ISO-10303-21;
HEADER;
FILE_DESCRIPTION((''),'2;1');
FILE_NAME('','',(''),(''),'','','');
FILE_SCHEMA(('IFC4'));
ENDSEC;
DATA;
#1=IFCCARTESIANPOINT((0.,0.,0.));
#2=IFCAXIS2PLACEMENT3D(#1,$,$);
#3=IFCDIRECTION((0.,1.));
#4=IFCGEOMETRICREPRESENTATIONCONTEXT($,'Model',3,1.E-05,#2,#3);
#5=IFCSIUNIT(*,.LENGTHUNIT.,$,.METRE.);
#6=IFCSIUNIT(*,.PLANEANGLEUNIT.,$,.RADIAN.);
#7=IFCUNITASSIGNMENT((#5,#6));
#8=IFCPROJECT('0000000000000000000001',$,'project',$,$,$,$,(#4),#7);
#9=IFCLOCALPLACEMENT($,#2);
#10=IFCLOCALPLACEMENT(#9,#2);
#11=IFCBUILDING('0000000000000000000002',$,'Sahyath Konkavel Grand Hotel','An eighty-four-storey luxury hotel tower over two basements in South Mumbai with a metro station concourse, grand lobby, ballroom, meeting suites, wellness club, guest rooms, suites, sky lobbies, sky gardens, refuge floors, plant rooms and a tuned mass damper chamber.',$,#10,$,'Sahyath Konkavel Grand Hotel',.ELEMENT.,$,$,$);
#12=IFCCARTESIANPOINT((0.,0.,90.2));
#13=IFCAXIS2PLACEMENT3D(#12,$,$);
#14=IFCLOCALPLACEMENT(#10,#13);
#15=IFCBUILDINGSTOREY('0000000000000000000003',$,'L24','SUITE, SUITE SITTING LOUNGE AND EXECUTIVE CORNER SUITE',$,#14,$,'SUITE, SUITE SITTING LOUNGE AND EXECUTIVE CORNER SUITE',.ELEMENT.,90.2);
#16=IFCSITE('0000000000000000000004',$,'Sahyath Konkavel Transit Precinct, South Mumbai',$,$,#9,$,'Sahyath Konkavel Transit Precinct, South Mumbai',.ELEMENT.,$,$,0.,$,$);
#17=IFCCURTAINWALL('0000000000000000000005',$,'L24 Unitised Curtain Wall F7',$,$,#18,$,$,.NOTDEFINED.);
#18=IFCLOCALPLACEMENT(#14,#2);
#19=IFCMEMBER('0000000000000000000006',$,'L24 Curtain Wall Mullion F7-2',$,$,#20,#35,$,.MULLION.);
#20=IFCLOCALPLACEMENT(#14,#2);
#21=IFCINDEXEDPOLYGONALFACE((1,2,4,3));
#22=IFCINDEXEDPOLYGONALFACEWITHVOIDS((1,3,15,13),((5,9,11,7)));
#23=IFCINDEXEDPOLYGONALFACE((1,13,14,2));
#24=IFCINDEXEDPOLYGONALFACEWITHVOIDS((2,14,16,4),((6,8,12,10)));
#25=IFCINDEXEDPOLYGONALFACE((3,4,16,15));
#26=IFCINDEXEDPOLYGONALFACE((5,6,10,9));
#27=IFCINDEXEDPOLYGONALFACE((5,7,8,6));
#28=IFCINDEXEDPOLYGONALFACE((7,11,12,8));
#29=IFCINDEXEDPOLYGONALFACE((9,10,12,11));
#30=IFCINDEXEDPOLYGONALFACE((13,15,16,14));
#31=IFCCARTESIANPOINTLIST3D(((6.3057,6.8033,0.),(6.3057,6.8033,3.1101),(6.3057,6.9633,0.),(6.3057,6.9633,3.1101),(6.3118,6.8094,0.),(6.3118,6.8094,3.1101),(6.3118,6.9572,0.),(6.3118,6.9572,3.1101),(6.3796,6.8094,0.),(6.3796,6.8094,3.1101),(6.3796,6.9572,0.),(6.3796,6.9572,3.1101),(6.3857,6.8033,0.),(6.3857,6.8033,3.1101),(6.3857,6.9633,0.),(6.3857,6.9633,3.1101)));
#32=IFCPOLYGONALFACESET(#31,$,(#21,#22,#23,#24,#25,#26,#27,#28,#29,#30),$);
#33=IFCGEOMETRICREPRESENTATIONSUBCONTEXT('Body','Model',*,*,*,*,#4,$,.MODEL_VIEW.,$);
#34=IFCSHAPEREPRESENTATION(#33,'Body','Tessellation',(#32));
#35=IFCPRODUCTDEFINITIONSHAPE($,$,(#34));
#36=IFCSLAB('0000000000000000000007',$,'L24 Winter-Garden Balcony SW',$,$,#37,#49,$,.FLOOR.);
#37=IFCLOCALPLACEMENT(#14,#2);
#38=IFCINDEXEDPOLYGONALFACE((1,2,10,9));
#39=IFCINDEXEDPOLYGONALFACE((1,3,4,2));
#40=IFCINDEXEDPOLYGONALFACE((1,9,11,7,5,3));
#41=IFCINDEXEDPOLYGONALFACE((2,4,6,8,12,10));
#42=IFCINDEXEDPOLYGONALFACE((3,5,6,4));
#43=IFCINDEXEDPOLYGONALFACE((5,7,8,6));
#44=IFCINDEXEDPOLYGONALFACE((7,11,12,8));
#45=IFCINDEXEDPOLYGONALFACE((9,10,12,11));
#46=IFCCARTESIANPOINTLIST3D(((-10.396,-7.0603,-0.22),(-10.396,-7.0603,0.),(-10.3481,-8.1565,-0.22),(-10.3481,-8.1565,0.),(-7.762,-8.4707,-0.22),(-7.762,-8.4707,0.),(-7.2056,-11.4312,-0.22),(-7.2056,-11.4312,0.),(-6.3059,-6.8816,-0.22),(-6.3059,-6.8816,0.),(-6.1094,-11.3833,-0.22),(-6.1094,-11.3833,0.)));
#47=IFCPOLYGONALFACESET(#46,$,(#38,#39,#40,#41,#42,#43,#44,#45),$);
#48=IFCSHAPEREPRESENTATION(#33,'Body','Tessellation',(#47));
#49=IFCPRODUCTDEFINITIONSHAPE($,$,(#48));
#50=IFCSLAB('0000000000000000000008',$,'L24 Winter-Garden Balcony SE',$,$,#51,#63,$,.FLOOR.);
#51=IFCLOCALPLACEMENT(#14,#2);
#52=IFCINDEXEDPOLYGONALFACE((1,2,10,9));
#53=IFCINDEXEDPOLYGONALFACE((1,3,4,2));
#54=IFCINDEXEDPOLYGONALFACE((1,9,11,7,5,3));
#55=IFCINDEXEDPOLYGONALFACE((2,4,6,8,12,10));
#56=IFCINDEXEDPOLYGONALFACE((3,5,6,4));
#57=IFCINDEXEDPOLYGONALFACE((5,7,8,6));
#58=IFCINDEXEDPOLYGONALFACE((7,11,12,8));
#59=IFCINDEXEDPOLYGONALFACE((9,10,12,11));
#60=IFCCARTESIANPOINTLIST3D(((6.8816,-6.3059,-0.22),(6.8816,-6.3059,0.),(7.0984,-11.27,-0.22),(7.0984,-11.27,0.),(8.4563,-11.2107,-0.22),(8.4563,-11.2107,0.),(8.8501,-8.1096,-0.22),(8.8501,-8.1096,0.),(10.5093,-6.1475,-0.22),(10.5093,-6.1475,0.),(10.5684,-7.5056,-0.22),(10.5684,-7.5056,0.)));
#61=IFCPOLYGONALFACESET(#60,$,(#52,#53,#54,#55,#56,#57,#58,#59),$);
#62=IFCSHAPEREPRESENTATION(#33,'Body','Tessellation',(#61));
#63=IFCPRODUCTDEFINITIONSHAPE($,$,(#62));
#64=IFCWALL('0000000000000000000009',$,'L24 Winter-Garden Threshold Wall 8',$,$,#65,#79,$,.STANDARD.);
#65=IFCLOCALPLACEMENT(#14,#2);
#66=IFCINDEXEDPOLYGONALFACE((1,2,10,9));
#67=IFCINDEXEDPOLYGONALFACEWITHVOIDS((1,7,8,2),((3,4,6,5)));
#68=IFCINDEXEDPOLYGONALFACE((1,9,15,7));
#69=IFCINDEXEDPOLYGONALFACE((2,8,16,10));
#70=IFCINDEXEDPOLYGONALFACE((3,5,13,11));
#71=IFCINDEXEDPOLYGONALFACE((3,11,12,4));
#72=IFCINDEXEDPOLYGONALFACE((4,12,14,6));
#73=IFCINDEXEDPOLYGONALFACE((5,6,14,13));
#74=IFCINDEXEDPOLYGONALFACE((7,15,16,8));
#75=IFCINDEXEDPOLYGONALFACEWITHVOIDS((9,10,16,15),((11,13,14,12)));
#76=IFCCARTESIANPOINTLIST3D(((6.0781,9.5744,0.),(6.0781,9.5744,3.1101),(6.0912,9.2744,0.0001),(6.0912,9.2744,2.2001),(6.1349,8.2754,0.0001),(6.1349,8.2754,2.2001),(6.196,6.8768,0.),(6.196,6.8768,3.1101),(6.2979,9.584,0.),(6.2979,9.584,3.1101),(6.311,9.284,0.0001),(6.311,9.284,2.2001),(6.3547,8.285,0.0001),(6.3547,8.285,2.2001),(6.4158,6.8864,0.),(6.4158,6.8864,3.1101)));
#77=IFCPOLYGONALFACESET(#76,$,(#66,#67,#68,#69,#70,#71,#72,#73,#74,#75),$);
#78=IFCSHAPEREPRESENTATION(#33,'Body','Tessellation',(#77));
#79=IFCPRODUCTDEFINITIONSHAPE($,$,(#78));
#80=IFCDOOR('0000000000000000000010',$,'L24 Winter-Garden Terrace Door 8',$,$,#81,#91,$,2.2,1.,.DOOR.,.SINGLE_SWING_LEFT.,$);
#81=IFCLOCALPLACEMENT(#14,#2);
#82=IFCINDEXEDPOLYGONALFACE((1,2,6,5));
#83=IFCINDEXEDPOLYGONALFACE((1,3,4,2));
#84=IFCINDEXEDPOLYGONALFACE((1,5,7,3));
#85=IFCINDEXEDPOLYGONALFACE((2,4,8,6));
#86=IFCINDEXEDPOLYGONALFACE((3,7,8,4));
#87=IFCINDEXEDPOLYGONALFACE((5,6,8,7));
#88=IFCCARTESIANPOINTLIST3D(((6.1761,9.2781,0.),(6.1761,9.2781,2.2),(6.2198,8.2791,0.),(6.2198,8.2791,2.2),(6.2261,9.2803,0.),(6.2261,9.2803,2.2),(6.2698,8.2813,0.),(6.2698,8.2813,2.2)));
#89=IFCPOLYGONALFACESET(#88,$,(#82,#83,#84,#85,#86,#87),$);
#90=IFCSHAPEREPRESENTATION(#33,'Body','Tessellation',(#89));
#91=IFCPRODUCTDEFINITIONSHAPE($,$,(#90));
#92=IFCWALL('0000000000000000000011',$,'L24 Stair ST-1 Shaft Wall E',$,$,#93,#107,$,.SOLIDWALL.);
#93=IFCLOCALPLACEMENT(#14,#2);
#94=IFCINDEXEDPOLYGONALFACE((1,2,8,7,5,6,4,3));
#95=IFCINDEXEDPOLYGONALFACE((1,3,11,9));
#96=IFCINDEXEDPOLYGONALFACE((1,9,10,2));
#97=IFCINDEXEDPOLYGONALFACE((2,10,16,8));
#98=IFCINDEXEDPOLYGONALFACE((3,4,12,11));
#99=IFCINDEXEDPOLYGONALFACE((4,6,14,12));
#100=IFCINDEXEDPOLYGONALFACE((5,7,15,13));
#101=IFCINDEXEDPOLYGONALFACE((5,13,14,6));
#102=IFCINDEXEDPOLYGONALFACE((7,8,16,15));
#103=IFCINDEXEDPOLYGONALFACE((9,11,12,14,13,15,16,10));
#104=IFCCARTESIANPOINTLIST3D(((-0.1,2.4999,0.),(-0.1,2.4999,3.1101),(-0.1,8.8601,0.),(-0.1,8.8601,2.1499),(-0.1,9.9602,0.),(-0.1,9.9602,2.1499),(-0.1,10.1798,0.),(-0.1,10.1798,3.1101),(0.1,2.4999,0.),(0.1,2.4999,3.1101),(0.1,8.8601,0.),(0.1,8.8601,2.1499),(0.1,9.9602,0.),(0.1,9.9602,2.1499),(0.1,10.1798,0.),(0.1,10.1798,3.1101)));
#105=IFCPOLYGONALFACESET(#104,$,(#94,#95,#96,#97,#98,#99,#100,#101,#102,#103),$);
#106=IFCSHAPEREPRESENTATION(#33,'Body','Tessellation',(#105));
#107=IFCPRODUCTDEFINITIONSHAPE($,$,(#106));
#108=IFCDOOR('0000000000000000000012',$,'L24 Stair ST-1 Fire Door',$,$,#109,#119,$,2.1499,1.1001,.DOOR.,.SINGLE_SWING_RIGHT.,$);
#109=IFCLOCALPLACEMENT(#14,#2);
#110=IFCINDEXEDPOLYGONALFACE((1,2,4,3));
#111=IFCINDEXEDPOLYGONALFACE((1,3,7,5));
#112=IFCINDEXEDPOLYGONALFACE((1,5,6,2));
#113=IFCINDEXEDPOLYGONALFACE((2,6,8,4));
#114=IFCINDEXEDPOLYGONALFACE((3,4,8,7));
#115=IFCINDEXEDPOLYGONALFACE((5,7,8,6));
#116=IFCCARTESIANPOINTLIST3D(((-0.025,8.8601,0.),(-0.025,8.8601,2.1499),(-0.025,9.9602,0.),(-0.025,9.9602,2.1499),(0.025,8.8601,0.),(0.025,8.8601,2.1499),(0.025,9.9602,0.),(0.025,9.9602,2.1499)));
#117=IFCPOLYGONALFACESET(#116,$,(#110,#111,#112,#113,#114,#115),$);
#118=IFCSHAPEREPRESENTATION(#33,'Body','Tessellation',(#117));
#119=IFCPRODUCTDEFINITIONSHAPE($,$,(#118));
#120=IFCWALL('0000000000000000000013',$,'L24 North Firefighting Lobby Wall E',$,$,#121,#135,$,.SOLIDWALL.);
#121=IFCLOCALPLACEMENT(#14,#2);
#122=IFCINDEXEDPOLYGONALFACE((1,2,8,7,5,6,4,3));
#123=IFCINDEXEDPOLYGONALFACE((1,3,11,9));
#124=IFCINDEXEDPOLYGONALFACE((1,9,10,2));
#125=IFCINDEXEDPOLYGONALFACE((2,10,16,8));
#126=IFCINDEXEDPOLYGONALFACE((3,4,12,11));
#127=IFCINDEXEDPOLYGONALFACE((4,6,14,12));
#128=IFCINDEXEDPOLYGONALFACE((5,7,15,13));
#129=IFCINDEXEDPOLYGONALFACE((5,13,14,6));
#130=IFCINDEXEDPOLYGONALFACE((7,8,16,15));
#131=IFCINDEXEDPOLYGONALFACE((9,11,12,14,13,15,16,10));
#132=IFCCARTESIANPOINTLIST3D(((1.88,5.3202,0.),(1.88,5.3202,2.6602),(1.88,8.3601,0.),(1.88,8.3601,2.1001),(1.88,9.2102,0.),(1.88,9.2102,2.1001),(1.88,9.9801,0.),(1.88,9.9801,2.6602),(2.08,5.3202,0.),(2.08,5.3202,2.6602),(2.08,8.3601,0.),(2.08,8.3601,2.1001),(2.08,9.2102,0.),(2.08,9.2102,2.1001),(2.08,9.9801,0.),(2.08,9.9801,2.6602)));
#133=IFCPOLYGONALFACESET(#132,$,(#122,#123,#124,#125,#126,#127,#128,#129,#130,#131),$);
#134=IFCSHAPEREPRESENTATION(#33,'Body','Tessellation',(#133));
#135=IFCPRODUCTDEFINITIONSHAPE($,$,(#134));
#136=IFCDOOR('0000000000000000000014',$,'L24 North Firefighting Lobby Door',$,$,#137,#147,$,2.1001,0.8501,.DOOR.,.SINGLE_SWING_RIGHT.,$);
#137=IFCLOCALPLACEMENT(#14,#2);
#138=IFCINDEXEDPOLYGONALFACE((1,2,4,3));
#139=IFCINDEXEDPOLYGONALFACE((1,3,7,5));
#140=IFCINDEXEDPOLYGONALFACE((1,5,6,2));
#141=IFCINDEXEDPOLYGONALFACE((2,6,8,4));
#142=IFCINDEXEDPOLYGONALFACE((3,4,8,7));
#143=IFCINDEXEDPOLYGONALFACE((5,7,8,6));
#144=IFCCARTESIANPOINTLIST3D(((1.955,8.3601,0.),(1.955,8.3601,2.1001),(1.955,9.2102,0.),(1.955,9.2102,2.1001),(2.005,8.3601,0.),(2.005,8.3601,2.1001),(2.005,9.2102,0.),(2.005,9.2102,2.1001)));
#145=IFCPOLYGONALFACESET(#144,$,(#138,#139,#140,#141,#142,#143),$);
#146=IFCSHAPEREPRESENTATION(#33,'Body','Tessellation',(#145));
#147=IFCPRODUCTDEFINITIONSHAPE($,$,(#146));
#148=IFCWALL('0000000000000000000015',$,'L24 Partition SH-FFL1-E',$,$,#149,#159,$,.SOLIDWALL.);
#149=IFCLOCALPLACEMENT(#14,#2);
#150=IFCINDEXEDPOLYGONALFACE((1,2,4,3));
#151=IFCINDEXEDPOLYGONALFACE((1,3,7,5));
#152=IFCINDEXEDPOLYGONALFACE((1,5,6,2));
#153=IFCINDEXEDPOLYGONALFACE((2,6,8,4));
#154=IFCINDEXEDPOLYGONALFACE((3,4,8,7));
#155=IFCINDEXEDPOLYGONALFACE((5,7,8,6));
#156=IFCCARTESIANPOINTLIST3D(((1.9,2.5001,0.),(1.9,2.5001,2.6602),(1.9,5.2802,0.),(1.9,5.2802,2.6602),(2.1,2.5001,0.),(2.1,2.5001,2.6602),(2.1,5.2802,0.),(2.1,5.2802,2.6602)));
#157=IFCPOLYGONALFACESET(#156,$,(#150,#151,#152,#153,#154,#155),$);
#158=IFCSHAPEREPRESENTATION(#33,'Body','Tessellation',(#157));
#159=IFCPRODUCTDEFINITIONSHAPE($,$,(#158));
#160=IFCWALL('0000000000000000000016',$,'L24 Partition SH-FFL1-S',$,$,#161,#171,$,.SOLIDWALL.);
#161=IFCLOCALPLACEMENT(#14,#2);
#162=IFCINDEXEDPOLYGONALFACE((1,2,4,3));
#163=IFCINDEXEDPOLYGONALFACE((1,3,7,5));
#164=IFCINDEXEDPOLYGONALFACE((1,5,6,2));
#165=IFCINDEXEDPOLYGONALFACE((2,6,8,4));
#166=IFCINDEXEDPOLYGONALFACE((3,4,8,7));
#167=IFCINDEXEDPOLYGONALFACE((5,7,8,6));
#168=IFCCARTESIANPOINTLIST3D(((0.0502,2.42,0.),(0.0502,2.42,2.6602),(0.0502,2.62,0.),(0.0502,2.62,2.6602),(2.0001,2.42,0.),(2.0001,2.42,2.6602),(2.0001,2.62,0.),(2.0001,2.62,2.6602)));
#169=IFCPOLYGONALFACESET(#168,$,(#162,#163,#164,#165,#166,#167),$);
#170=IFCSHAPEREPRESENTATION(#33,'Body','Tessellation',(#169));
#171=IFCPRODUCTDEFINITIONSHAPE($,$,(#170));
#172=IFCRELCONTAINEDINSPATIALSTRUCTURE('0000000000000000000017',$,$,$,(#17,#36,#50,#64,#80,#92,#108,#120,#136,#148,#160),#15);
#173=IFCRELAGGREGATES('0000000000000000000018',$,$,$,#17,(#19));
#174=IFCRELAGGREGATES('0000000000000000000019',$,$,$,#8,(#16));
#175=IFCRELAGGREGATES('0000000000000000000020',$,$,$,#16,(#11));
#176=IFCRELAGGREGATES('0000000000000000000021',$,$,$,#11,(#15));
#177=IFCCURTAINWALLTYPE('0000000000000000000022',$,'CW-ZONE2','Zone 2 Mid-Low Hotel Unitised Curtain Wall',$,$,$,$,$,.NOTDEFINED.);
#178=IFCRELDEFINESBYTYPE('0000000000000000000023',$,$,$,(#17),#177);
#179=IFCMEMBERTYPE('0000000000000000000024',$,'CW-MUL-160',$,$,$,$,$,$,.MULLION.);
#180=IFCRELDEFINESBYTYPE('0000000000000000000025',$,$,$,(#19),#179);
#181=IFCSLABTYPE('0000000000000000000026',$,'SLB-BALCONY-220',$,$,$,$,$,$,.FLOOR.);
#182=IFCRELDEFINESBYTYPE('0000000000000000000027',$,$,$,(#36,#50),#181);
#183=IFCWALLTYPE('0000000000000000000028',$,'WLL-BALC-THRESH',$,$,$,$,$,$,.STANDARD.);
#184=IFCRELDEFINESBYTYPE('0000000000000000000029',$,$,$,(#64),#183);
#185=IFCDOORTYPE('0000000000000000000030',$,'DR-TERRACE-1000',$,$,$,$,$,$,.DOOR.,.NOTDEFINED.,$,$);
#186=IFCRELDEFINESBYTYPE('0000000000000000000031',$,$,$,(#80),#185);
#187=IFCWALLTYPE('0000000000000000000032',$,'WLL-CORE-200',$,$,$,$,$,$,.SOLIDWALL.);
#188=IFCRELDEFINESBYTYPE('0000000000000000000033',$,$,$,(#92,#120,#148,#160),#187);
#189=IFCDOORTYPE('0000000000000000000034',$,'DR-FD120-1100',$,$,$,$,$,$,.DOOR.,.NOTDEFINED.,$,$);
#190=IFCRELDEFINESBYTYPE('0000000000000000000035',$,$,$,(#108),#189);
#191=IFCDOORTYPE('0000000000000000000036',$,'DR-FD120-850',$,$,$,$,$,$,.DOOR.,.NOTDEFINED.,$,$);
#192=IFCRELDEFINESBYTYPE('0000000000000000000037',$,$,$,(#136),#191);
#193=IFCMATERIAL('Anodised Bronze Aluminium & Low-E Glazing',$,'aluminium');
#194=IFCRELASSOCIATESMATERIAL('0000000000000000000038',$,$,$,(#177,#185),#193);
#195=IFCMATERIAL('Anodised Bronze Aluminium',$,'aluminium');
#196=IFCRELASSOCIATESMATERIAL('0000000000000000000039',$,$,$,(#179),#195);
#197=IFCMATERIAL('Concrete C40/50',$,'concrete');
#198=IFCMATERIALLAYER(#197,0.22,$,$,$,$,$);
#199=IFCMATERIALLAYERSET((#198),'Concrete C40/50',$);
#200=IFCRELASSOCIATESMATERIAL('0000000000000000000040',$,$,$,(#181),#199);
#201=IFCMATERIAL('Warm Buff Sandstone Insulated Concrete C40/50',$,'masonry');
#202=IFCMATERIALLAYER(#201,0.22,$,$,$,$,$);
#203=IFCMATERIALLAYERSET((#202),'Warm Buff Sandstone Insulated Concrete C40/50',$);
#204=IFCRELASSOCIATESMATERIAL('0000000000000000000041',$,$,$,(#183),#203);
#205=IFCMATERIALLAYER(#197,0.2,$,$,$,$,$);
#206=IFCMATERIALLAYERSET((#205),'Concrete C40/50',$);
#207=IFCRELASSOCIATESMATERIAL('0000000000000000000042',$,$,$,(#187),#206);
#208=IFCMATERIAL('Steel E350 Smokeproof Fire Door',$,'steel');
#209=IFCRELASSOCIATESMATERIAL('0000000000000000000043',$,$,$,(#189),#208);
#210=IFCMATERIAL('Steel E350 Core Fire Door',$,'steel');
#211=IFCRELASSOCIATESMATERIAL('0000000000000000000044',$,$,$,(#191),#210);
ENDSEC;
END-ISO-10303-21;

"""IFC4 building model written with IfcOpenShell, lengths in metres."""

from ifc_helpers import new_model, si_unit, direction, frame, frame_2d, origin, origin_2d, place, context, subcontext, project, spatial, polyline, rectangle, hollow_rectangle, outline, extrude, source, transform, mapped, material, layer, layer_set, material_profile, profile_set, type_object, element, fill, aggregate, save


model = new_model("IFC4")

# Units and contexts
model_context = context("Model", 3, precision=1e-05, world=origin(), true_north=direction((0.0, 1.0)))
body_context = subcontext(model_context, "Body", "Model", "MODEL_VIEW")
ifc_project = project(units=[si_unit("LENGTHUNIT", "METRE"), si_unit("PLANEANGLEUNIT", "RADIAN")], contexts=[model_context])

# Site, building, storey
site_placement = place(None, origin())
site = spatial("IfcSite", under=ifc_project, at=site_placement, Name="Sahyath Konkavel Transit Precinct, South Mumbai", LongName="Sahyath Konkavel Transit Precinct, South Mumbai", CompositionType="ELEMENT", RefElevation=0.0)
building_placement = place(site_placement, origin())
building = spatial("IfcBuilding", under=site, at=building_placement, Name="Sahyath Konkavel Grand Hotel", Description="An eighty-four-storey luxury hotel tower over two basements in South Mumbai with a metro station concourse, grand lobby, ballroom, meeting suites, wellness club, guest rooms, suites, sky lobbies, sky gardens, refuge floors, plant rooms and a tuned mass damper chamber.", LongName="Sahyath Konkavel Grand Hotel", CompositionType="ELEMENT")
storey_placement = place(building_placement, frame((0.0, 0.0, 90.2)))
storey = spatial("IfcBuildingStorey", under=building, at=storey_placement, Name="L24", Description="SUITE, SUITE SITTING LOUNGE AND EXECUTIVE CORNER SUITE", LongName="SUITE, SUITE SITTING LOUNGE AND EXECUTIVE CORNER SUITE", CompositionType="ELEMENT", Elevation=90.2)

# Curtain wall, member
ifc_material_1 = material(Name="Anodised Bronze Aluminium & Low-E Glazing", Category="aluminium")
curtain_wall_type = type_object("IfcCurtainWallType", Name="CW-ZONE2", Description="Zone 2 Mid-Low Hotel Unitised Curtain Wall", PredefinedType="NOTDEFINED", material=ifc_material_1)
curtain_wall_placement = place(storey_placement, origin())
curtain_wall = element("IfcCurtainWall", 1, at=curtain_wall_placement, inside=storey, type_object=curtain_wall_type, Name="L24 Unitised Curtain Wall F7", PredefinedType="NOTDEFINED")
ifc_material_2 = material(Name="Anodised Bronze Aluminium", Category="aluminium")
ifc_material_profile_1 = material_profile(ifc_material_2, hollow_rectangle(XDim=0.0801, YDim=0.1599, WallThickness=0.0061, at=origin_2d()), Name="RHS 160x80x6")
ifc_profile_set_1 = profile_set([ifc_material_profile_1], Name="Anodised Bronze Aluminium")
member_type = type_object("IfcMemberType", Name="CW-MUL-160", PredefinedType="MULLION", material=ifc_profile_set_1)
shared_shape_1 = source(origin(), body_context, "Body", "SweptSolid", [
    extrude(hollow_rectangle(XDim=0.0801, YDim=0.1599, WallThickness=0.0061, at=origin_2d()), origin(), (0.0, 0.0, 1.0), 3.1101),
])
member_placement = place(storey_placement, frame((6.3457, 6.8833, 0.0), z_axis=(0.0, 0.0, 1.0), x_axis=(1.0, 0.0, 0.0)))
member = element("IfcMember", 2, at=member_placement, type_object=member_type, Name="L24 Curtain Wall Mullion F7-2", PredefinedType="MULLION", context=body_context, shape_type="MappedRepresentation", body=[
    mapped(shared_shape_1, transform((0.0, 0.0, 0.0), scale=1.0)),
])
aggregate(curtain_wall, [member])

# Slabs
ifc_material_3 = material(Name="Concrete C40/50", Category="concrete")
ifc_layer_1 = layer(ifc_material_3, 0.22)
ifc_layer_set_1 = layer_set([ifc_layer_1], Name="Concrete C40/50")
slab_type = type_object("IfcSlabType", Name="SLB-BALCONY-220", PredefinedType="FLOOR", material=ifc_layer_set_1)
slab_1_placement = place(storey_placement, frame((0.0, 0.0, -0.22)))
element("IfcSlab", 3, at=slab_1_placement, inside=storey, type_object=slab_type, Name="L24 Winter-Garden Balcony SW", PredefinedType="FLOOR", context=body_context, shape_type="SweptSolid", body=[
    extrude(outline(polyline([(-6.3059, -6.8816), (-10.396, -7.0603), (-10.3481, -8.1565), (-7.762, -8.4707), (-7.2056, -11.4312), (-6.1094, -11.3833), (-6.3059, -6.8816)])), origin(), (0.0, 0.0, 1.0), 0.22),
])
slab_2_placement = place(storey_placement, frame((0.0, 0.0, -0.22)))
element("IfcSlab", 4, at=slab_2_placement, inside=storey, type_object=slab_type, Name="L24 Winter-Garden Balcony SE", PredefinedType="FLOOR", context=body_context, shape_type="SweptSolid", body=[
    extrude(outline(polyline([(6.8816, -6.3059), (7.0984, -11.27), (8.4563, -11.2107), (8.8501, -8.1096), (10.5684, -7.5056), (10.5093, -6.1475), (6.8816, -6.3059)])), origin(), (0.0, 0.0, 1.0), 0.22),
])

# Walls, openings, doors
ifc_material_4 = material(Name="Warm Buff Sandstone Insulated Concrete C40/50", Category="masonry")
ifc_layer_2 = layer(ifc_material_4, 0.22)
ifc_layer_set_2 = layer_set([ifc_layer_2], Name="Warm Buff Sandstone Insulated Concrete C40/50")
wall_type_1 = type_object("IfcWallType", Name="WLL-BALC-THRESH", PredefinedType="STANDARD", material=ifc_layer_set_2)
wall_1_placement = place(storey_placement, frame((6.3059, 6.8816, 0.0), z_axis=(0.0, 0.0, 1.0), x_axis=(-0.043673, 0.999046, 0.0)))
wall_1 = element("IfcWall", 5, at=wall_1_placement, inside=storey, type_object=wall_type_1, Name="L24 Winter-Garden Threshold Wall 8", PredefinedType="STANDARD", context=body_context, shape_type="SweptSolid", body=[
    extrude(rectangle(XDim=2.7002, YDim=0.22, at=frame_2d((1.3501, 0.0))), origin(), (0.0, 0.0, 1.0), 3.1101),
])
opening_1_placement = place(wall_1_placement, frame((1.3999, 0.0, 0.0)))
opening_1 = element("IfcOpeningElement", 6, at=opening_1_placement, cuts=wall_1, PredefinedType="OPENING", context=body_context, shape_type="SweptSolid", body=[
    extrude(rectangle(XDim=1.0, YDim=2.2, at=frame_2d((0.5, 1.1001))), frame((0.0, 0.1201, 0.0), z_axis=(0.0, -1.0, 0.0), x_axis=(1.0, 0.0, 0.0)), (0.0, 0.0, 1.0), 0.24),
])
door_type_1 = type_object("IfcDoorType", Name="DR-TERRACE-1000", OperationType="NOTDEFINED", PredefinedType="DOOR", material=ifc_material_1)
shared_shape_2 = source(origin(), body_context, "Body", "SweptSolid", [
    extrude(rectangle(XDim=1.0, YDim=0.05, at=origin_2d()), origin(), (0.0, 0.0, 1.0), 2.2),
])
door_1_placement = place(opening_1_placement, frame((0.5, 0.0, 0.0)))
door_1 = element("IfcDoor", 7, at=door_1_placement, inside=storey, type_object=door_type_1, Name="L24 Winter-Garden Terrace Door 8", OperationType="SINGLE_SWING_LEFT", OverallHeight=2.2, OverallWidth=1.0, PredefinedType="DOOR", context=body_context, shape_type="MappedRepresentation", body=[
    mapped(shared_shape_2, transform((0.0, 0.0, 0.0), scale=1.0)),
])
fill(opening_1, door_1)
ifc_layer_3 = layer(ifc_material_3, 0.2)
ifc_layer_set_3 = layer_set([ifc_layer_3], Name="Concrete C40/50")
wall_type_2 = type_object("IfcWallType", Name="WLL-CORE-200", PredefinedType="SOLIDWALL", material=ifc_layer_set_3)
wall_2_placement = place(storey_placement, frame((0.0, 2.5, 0.0), z_axis=(0.0, 0.0, 1.0), x_axis=(0.0, 1.0, 0.0)))
wall_2 = element("IfcWall", 8, at=wall_2_placement, inside=storey, type_object=wall_type_2, Name="L24 Stair ST-1 Shaft Wall E", PredefinedType="SOLIDWALL", context=body_context, shape_type="SweptSolid", body=[
    extrude(rectangle(XDim=7.6799, YDim=0.2, at=frame_2d((3.8398, 0.0))), origin(), (0.0, 0.0, 1.0), 3.1101),
])
opening_2_placement = place(wall_2_placement, frame((6.3601, 0.0, 0.0)))
opening_2 = element("IfcOpeningElement", 9, at=opening_2_placement, cuts=wall_2, PredefinedType="OPENING", context=body_context, shape_type="SweptSolid", body=[
    extrude(rectangle(XDim=1.1001, YDim=2.1499, at=frame_2d((0.55, 1.075))), frame((0.0, 0.1099, 0.0), z_axis=(0.0, -1.0, 0.0), x_axis=(1.0, 0.0, 0.0)), (0.0, 0.0, 1.0), 0.22),
])
ifc_material_5 = material(Name="Steel E350 Smokeproof Fire Door", Category="steel")
door_type_2 = type_object("IfcDoorType", Name="DR-FD120-1100", OperationType="NOTDEFINED", PredefinedType="DOOR", material=ifc_material_5)
shared_shape_3 = source(origin(), body_context, "Body", "SweptSolid", [
    extrude(rectangle(XDim=1.1001, YDim=0.05, at=origin_2d()), origin(), (0.0, 0.0, 1.0), 2.1499),
])
door_2_placement = place(opening_2_placement, frame((0.55, 0.0, 0.0)))
door_2 = element("IfcDoor", 10, at=door_2_placement, inside=storey, type_object=door_type_2, Name="L24 Stair ST-1 Fire Door", OperationType="SINGLE_SWING_RIGHT", OverallHeight=2.1499, OverallWidth=1.1001, PredefinedType="DOOR", context=body_context, shape_type="MappedRepresentation", body=[
    mapped(shared_shape_3, transform((0.0, 0.0, 0.0), scale=1.0)),
])
fill(opening_2, door_2)
wall_3_placement = place(storey_placement, frame((1.98, 5.3201, 0.0), z_axis=(0.0, 0.0, 1.0), x_axis=(0.0, 1.0, 0.0)))
wall_3 = element("IfcWall", 11, at=wall_3_placement, inside=storey, type_object=wall_type_2, Name="L24 North Firefighting Lobby Wall E", PredefinedType="SOLIDWALL", context=body_context, shape_type="SweptSolid", body=[
    extrude(rectangle(XDim=4.6599, YDim=0.2, at=frame_2d((2.3301, 0.0))), origin(), (0.0, 0.0, 1.0), 2.6602),
])
opening_3_placement = place(wall_3_placement, frame((3.04, 0.0, 0.0)))
opening_3 = element("IfcOpeningElement", 12, at=opening_3_placement, cuts=wall_3, PredefinedType="OPENING", context=body_context, shape_type="SweptSolid", body=[
    extrude(rectangle(XDim=0.8501, YDim=2.1001, at=frame_2d((0.425, 1.05))), frame((0.0, 0.1099, 0.0), z_axis=(0.0, -1.0, 0.0), x_axis=(1.0, 0.0, 0.0)), (0.0, 0.0, 1.0), 0.22),
])
ifc_material_6 = material(Name="Steel E350 Core Fire Door", Category="steel")
door_type_3 = type_object("IfcDoorType", Name="DR-FD120-850", OperationType="NOTDEFINED", PredefinedType="DOOR", material=ifc_material_6)
shared_shape_4 = source(origin(), body_context, "Body", "SweptSolid", [
    extrude(rectangle(XDim=0.8501, YDim=0.05, at=origin_2d()), origin(), (0.0, 0.0, 1.0), 2.1001),
])
door_3_placement = place(opening_3_placement, frame((0.425, 0.0, 0.0)))
door_3 = element("IfcDoor", 13, at=door_3_placement, inside=storey, type_object=door_type_3, Name="L24 North Firefighting Lobby Door", OperationType="SINGLE_SWING_RIGHT", OverallHeight=2.1001, OverallWidth=0.8501, PredefinedType="DOOR", context=body_context, shape_type="MappedRepresentation", body=[
    mapped(shared_shape_4, transform((0.0, 0.0, 0.0), scale=1.0)),
])
fill(opening_3, door_3)

# Walls
wall_4_placement = place(storey_placement, frame((2.0, 2.5, 0.0), z_axis=(0.0, 0.0, 1.0), x_axis=(0.0, 1.0, 0.0)))
element("IfcWall", 14, at=wall_4_placement, inside=storey, type_object=wall_type_2, Name="L24 Partition SH-FFL1-E", PredefinedType="SOLIDWALL", context=body_context, shape_type="SweptSolid", body=[
    extrude(rectangle(XDim=2.78, YDim=0.2, at=frame_2d((1.3901, 0.0))), origin(), (0.0, 0.0, 1.0), 2.6602),
])
wall_5_placement = place(storey_placement, frame((0.05, 2.52, 0.0), z_axis=(0.0, 0.0, 1.0), x_axis=(1.0, 0.0, 0.0)))
element("IfcWall", 15, at=wall_5_placement, inside=storey, type_object=wall_type_2, Name="L24 Partition SH-FFL1-S", PredefinedType="SOLIDWALL", context=body_context, shape_type="SweptSolid", body=[
    extrude(rectangle(XDim=1.95, YDim=0.2, at=frame_2d((0.9751, 0.0))), origin(), (0.0, 0.0, 1.0), 2.6602),
])

save(model, "model.ifc")
